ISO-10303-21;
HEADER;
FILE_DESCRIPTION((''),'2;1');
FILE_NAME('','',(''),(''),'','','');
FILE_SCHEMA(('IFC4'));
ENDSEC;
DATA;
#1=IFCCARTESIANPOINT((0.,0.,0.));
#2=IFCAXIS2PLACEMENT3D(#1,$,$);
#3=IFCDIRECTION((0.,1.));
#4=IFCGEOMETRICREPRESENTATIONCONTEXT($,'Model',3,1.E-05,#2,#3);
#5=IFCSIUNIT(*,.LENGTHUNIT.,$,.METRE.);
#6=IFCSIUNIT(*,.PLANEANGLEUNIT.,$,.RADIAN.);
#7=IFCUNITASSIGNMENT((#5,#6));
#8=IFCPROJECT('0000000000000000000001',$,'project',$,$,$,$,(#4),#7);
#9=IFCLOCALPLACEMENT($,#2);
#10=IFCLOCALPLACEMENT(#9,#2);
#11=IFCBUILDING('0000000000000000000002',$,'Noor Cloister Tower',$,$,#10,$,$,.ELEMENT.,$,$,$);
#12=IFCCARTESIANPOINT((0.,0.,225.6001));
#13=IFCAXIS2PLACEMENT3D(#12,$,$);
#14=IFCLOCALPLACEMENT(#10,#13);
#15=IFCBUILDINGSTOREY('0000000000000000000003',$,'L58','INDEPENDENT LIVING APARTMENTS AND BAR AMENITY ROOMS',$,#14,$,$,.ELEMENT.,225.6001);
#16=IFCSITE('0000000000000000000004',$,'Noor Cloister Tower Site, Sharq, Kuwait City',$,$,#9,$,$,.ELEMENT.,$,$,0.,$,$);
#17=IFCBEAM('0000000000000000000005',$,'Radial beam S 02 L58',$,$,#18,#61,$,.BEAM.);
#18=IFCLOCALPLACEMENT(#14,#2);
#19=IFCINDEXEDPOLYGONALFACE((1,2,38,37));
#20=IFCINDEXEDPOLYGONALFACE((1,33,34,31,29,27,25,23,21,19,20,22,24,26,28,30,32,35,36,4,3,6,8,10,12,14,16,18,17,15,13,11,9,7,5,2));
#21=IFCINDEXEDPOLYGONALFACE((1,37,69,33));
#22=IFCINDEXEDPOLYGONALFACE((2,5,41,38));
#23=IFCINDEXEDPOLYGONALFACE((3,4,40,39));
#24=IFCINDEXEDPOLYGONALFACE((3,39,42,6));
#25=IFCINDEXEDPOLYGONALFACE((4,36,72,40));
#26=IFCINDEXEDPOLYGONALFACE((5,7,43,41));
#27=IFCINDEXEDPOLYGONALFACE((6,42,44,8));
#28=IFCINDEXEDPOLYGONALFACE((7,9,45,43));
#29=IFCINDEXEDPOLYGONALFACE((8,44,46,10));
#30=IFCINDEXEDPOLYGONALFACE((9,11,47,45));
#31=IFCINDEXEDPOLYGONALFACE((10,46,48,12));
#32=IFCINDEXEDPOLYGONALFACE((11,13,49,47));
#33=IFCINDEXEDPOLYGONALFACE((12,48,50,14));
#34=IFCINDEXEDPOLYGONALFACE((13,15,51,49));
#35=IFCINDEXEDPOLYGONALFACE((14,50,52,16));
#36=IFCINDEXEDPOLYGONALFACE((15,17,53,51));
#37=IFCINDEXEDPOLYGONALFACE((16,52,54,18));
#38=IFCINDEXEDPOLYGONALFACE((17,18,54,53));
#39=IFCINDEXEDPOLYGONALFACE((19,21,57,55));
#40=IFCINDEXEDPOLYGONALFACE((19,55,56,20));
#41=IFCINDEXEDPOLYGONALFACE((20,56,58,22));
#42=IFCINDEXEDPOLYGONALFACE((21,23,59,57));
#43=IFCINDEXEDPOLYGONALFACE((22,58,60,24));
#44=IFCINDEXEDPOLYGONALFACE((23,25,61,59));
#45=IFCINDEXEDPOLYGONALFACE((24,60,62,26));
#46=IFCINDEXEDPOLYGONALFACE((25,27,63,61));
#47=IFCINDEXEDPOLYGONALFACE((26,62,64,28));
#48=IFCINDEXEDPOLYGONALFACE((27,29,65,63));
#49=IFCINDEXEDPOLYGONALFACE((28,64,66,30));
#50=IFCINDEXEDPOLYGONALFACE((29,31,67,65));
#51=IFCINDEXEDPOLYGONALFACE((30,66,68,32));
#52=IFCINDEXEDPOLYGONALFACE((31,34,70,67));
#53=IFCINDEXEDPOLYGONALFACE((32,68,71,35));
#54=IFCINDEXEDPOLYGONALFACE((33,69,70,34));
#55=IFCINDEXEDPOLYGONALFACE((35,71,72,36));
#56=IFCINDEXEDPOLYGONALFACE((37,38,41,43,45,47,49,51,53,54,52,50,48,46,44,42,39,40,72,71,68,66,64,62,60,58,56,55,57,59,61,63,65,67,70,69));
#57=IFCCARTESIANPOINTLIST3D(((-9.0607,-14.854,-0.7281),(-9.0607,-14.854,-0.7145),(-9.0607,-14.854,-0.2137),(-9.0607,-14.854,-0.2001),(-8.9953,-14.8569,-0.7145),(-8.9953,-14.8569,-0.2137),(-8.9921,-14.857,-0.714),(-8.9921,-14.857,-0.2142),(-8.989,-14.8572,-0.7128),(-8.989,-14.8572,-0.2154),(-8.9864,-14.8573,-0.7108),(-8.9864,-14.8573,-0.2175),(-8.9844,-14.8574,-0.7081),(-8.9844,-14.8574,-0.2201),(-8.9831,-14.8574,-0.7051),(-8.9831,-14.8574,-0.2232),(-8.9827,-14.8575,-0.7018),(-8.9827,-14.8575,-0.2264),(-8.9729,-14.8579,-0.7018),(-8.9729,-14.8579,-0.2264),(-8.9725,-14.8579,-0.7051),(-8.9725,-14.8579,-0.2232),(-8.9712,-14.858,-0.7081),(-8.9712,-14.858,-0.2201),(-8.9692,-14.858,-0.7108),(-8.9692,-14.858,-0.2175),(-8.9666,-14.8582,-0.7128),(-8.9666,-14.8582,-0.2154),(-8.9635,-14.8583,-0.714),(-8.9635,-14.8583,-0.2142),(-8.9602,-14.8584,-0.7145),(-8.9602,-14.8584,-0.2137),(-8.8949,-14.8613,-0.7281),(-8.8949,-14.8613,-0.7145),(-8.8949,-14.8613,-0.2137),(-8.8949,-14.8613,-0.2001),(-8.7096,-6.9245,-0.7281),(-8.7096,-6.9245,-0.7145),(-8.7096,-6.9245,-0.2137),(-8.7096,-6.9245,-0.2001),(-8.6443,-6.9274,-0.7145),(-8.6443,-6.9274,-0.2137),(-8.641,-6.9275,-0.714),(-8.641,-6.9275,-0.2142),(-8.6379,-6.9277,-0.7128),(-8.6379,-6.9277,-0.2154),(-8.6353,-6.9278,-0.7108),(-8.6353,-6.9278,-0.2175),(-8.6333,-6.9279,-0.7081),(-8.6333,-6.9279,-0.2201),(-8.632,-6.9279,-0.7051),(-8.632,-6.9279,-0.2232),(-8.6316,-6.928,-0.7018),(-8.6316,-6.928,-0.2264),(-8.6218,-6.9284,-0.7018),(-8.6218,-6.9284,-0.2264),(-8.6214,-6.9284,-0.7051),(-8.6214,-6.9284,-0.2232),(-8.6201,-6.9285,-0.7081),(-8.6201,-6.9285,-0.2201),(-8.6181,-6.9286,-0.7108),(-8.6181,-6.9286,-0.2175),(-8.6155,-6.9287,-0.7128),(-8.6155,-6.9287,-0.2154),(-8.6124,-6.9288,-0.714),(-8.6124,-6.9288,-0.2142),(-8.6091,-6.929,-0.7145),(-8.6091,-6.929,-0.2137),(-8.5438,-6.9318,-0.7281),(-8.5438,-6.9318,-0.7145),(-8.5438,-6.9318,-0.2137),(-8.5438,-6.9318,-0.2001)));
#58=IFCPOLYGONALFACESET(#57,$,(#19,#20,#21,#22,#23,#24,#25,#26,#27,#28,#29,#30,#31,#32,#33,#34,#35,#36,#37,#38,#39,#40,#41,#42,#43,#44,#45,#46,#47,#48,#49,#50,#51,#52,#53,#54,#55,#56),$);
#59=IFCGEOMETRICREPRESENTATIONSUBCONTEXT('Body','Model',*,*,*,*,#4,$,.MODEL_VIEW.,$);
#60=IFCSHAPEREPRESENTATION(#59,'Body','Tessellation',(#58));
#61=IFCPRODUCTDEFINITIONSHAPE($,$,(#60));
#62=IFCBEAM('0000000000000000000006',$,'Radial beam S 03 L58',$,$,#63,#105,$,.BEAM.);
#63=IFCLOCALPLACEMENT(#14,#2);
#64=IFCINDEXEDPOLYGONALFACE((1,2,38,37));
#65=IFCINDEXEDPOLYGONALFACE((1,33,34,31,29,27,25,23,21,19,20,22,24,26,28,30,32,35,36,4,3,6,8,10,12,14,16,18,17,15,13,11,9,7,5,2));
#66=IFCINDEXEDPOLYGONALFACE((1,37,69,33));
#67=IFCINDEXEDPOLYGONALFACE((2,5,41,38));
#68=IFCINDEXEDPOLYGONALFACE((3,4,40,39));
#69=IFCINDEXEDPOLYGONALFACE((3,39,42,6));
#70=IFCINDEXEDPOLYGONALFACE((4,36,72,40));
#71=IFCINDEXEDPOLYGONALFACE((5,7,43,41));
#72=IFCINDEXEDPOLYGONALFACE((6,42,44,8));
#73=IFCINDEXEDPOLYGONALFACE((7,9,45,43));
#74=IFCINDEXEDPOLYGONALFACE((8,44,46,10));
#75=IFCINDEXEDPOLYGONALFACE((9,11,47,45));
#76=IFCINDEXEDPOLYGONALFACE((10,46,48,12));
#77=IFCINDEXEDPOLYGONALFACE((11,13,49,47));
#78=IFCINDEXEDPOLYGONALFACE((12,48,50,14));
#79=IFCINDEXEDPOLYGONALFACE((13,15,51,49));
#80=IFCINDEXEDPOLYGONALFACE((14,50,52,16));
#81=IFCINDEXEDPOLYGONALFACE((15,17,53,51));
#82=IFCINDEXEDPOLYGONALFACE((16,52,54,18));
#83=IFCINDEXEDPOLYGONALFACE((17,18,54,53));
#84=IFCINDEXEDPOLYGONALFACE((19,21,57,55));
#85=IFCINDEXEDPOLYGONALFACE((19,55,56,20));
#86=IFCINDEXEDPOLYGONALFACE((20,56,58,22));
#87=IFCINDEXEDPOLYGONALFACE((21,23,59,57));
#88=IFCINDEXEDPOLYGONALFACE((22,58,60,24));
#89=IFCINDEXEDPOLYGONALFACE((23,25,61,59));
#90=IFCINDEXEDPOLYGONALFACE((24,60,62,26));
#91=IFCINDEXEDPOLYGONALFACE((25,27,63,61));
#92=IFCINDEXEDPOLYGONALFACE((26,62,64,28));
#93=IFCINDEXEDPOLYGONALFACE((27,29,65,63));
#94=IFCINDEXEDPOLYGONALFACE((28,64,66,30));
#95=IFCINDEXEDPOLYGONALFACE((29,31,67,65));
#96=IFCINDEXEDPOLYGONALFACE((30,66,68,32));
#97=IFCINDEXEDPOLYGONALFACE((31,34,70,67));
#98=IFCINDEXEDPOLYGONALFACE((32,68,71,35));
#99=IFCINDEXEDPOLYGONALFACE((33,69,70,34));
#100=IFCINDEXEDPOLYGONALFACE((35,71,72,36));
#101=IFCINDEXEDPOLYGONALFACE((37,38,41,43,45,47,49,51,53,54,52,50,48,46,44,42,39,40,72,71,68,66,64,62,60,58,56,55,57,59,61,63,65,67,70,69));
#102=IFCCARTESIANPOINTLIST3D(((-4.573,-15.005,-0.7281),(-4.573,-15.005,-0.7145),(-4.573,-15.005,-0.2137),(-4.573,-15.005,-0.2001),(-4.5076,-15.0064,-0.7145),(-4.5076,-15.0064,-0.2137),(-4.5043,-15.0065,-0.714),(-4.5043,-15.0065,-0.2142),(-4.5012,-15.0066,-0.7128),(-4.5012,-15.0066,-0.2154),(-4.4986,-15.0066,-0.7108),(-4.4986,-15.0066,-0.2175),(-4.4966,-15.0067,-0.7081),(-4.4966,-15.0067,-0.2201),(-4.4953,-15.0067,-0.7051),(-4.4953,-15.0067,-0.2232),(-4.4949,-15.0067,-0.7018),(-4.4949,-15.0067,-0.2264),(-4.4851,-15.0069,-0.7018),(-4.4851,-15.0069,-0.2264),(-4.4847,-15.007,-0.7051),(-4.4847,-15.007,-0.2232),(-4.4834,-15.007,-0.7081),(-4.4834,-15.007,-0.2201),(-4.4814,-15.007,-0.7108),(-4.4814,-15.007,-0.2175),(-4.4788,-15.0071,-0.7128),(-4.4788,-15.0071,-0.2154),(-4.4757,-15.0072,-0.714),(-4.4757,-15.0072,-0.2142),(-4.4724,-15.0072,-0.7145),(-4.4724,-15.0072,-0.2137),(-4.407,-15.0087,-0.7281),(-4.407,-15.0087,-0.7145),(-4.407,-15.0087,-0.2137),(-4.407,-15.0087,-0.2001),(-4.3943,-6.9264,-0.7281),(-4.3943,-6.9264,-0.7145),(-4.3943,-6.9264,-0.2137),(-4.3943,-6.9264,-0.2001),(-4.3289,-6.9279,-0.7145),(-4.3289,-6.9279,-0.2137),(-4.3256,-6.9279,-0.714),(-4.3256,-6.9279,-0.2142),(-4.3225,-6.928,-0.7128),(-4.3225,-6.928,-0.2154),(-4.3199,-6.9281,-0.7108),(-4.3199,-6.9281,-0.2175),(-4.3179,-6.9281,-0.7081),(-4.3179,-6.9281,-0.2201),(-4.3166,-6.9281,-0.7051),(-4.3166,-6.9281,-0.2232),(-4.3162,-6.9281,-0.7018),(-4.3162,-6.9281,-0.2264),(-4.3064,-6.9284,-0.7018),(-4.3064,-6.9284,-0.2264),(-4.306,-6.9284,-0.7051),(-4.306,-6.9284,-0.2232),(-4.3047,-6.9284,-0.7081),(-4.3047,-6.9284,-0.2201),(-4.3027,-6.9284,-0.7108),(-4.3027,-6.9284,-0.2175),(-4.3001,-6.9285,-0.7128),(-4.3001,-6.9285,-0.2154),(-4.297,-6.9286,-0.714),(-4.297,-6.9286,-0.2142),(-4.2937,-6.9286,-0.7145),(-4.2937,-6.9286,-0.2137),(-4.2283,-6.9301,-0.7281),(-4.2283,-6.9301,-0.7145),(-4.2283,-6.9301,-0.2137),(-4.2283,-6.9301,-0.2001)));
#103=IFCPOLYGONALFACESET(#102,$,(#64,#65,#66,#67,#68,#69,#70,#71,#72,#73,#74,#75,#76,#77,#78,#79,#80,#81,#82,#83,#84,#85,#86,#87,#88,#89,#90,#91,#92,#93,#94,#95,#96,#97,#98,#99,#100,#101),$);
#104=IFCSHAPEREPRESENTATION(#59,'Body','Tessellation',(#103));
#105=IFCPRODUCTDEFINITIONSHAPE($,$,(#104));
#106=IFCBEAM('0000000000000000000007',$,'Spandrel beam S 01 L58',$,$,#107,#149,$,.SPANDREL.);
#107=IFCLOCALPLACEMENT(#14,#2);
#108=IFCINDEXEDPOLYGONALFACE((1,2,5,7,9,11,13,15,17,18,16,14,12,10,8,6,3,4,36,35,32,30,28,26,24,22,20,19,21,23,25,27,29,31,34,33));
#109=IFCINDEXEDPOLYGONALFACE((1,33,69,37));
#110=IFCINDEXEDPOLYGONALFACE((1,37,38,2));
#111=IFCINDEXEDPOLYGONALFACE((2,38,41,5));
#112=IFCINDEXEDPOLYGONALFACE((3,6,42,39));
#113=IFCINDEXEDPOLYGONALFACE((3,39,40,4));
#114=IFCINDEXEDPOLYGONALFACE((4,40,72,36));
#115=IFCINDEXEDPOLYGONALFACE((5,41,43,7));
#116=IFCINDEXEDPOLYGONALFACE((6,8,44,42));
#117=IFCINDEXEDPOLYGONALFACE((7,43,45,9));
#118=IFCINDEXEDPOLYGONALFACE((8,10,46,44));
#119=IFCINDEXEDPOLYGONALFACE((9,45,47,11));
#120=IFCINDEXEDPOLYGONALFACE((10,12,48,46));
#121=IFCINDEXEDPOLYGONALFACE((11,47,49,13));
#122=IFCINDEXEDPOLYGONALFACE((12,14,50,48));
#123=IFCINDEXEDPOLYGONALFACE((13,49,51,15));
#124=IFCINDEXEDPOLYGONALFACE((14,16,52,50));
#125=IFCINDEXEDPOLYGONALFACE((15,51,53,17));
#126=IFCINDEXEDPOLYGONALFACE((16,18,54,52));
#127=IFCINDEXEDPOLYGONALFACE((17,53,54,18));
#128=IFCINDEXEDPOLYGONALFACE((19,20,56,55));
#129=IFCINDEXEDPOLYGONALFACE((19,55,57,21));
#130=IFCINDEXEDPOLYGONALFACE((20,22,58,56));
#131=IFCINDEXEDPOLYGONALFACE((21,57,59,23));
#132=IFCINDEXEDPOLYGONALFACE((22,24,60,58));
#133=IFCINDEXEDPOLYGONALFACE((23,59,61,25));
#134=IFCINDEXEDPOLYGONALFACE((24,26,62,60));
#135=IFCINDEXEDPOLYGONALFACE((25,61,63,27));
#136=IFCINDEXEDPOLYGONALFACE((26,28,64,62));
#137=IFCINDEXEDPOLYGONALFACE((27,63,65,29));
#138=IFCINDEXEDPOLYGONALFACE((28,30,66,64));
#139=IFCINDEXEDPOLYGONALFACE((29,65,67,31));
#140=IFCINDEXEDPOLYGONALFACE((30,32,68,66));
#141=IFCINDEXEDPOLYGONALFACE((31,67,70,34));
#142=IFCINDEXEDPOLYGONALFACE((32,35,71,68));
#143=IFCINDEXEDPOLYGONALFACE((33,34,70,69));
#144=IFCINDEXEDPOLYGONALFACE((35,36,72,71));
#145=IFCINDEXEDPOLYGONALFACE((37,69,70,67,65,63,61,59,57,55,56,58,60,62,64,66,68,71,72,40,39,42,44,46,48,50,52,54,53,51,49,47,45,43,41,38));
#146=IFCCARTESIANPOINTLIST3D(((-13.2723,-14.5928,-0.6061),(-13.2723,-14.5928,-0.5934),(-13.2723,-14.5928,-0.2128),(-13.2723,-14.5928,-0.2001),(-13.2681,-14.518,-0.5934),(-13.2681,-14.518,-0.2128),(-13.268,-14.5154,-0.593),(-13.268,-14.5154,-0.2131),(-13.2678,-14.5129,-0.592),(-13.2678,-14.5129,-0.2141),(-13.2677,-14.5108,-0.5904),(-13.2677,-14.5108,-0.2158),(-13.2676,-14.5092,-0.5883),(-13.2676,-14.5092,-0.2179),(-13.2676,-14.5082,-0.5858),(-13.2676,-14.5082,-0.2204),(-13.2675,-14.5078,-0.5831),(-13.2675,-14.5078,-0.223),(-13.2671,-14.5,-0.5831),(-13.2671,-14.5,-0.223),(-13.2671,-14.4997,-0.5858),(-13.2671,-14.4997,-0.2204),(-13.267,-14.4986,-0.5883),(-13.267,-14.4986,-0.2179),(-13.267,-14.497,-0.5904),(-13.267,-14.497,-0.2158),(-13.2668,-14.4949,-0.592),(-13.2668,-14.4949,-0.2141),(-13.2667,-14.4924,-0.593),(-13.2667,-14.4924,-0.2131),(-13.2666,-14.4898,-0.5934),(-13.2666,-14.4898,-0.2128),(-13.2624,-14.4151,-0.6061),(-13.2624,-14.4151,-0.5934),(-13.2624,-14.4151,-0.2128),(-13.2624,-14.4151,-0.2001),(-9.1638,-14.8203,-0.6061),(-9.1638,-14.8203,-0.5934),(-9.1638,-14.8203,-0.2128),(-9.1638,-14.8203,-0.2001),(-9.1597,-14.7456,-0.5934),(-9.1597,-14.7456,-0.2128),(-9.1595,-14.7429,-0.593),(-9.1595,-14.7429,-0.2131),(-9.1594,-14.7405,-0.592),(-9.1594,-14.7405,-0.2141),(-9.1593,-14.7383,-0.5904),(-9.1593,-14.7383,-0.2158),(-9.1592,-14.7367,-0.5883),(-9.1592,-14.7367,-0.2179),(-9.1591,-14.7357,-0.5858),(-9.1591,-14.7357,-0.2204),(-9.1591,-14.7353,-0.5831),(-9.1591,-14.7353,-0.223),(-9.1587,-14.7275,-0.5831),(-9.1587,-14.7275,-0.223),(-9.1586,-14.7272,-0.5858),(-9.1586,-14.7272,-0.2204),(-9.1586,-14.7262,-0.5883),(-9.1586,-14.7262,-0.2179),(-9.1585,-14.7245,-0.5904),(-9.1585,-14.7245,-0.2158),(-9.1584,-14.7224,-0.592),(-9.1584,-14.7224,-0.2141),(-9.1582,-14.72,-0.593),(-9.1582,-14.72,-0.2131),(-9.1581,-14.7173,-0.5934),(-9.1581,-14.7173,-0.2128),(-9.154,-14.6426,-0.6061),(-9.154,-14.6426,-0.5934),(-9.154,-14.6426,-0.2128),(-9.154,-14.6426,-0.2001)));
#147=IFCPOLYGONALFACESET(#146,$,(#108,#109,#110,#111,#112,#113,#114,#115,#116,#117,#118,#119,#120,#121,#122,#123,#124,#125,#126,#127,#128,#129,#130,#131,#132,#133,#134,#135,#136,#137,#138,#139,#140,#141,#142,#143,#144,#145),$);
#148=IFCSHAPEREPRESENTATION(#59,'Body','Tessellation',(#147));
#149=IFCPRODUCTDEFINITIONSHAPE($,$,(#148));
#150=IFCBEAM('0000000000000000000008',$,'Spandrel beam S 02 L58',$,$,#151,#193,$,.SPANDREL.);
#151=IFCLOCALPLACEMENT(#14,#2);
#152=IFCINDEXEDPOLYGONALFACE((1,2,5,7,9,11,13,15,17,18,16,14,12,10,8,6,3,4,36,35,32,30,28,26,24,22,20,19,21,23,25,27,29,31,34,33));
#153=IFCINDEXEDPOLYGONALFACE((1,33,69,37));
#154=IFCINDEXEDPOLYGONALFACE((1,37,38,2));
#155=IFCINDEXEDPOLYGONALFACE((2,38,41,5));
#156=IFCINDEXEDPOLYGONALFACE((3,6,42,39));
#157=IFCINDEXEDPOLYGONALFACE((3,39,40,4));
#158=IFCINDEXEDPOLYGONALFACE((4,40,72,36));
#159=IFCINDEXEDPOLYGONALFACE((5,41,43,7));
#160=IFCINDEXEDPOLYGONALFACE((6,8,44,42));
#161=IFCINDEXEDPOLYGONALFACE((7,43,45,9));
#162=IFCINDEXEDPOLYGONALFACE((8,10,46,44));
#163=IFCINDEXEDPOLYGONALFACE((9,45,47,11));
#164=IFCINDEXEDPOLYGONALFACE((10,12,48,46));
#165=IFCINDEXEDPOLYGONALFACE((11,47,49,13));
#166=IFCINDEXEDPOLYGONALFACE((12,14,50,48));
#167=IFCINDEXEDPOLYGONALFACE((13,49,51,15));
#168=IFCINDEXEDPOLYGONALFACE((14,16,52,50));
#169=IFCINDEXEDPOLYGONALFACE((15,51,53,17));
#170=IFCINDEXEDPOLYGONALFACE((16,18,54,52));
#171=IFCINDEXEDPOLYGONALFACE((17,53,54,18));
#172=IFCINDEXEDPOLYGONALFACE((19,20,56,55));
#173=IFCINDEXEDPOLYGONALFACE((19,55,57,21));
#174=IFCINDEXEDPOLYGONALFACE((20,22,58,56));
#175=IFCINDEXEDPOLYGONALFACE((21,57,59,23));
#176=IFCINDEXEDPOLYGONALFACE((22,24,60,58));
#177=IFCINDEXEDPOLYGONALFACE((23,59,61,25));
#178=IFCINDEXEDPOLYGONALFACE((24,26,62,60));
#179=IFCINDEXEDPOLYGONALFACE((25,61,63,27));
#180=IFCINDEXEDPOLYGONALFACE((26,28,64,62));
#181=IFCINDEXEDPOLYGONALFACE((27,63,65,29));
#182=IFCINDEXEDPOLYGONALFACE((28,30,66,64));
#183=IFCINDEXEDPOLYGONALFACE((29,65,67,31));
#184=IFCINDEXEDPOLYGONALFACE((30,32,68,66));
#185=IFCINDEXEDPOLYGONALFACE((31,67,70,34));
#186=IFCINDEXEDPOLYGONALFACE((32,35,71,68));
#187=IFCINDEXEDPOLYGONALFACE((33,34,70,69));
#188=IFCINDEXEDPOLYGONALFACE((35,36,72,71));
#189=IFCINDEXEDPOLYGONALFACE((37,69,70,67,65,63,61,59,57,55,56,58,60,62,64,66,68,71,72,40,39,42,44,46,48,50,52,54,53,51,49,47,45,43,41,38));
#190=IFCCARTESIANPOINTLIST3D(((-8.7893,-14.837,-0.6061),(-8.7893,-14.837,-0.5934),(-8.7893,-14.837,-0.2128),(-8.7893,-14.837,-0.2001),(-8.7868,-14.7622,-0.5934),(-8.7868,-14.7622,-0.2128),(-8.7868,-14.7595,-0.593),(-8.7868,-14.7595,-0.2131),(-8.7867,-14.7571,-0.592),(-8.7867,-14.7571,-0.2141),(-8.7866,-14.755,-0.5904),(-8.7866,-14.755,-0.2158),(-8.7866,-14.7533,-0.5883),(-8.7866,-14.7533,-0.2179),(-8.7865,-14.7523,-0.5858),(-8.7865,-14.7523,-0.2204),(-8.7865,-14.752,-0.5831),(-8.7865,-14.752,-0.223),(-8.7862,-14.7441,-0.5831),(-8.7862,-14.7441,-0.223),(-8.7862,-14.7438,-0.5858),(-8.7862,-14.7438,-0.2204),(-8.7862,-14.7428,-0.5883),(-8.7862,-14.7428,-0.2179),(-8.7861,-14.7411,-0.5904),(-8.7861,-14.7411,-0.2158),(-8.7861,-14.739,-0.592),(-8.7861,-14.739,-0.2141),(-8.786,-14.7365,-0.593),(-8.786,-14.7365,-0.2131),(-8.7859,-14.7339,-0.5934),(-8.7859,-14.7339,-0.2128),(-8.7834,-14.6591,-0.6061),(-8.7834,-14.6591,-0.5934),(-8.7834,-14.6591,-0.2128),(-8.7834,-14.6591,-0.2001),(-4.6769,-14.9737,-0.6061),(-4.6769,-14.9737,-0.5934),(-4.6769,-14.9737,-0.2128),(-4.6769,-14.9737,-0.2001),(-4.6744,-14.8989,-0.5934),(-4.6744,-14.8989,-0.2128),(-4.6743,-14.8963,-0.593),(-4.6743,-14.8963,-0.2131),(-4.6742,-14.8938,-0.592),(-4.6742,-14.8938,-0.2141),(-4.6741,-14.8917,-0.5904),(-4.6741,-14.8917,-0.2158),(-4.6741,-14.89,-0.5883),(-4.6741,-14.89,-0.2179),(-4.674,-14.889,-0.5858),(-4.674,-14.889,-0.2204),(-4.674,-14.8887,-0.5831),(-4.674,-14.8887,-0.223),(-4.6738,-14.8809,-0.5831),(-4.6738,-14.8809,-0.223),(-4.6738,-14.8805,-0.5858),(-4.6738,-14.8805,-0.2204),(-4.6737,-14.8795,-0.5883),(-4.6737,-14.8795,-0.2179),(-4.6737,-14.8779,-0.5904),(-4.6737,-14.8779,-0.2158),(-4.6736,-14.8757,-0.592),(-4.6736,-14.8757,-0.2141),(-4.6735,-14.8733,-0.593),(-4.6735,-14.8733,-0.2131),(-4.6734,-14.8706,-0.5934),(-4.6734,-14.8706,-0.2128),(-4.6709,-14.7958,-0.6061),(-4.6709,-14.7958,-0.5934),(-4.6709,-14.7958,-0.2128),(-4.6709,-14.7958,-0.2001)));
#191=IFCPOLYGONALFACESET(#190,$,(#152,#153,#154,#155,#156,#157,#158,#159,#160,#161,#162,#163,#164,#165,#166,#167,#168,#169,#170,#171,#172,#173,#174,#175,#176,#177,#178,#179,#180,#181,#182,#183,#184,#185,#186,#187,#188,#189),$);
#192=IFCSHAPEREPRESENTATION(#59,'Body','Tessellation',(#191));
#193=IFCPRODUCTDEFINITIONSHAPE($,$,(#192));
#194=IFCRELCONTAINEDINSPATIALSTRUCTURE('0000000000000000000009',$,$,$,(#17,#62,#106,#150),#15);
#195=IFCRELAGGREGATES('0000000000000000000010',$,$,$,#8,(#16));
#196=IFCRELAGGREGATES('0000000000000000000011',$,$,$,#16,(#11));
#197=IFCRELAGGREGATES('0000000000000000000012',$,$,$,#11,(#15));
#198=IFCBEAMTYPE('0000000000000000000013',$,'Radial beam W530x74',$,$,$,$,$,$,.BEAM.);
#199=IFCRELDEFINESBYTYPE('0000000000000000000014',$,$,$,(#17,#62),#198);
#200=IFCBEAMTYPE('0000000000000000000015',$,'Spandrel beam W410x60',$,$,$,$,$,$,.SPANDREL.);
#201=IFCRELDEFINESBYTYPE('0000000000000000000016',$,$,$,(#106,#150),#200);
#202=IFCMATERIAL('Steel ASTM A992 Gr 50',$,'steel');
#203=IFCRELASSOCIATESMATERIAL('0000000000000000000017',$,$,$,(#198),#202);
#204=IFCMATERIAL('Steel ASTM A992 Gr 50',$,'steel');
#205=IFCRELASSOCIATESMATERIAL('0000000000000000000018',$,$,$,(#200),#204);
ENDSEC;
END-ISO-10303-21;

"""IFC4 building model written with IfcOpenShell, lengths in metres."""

from ifc_helpers import new_model, si_unit, direction, frame, origin, origin_2d, place, context, subcontext, project, spatial, i_section, extrude, material, material_profile, profile_set, type_object, element, save


model = new_model("IFC4")

# Units and contexts
model_context = context("Model", 3, precision=1e-05, world=origin(), true_north=direction((0.0, 1.0)))
body_context = subcontext(model_context, "Body", "Model", "MODEL_VIEW")
ifc_project = project(units=[si_unit("LENGTHUNIT", "METRE"), si_unit("PLANEANGLEUNIT", "RADIAN")], contexts=[model_context])

# Site, building, storey
site_placement = place(None, origin())
site = spatial("IfcSite", under=ifc_project, at=site_placement, Name="Noor Cloister Tower Site, Sharq, Kuwait City", CompositionType="ELEMENT", RefElevation=0.0)
building_placement = place(site_placement, origin())
building = spatial("IfcBuilding", under=site, at=building_placement, Name="Noor Cloister Tower", CompositionType="ELEMENT")
storey_placement = place(building_placement, frame((0.0, 0.0, 225.6001)))
storey = spatial("IfcBuildingStorey", under=building, at=storey_placement, Name="L58", Description="INDEPENDENT LIVING APARTMENTS AND BAR AMENITY ROOMS", CompositionType="ELEMENT", Elevation=225.6001)

# Beams
ifc_material_1 = material(Name="Steel ASTM A992 Gr 50", Category="steel")
ifc_material_profile_1 = material_profile(ifc_material_1, i_section(OverallWidth=0.166, OverallDepth=0.5281, WebThickness=0.0098, FlangeThickness=0.0137, FilletRadius=0.0127, at=origin_2d()), Name="W530x74")
ifc_profile_set_1 = profile_set([ifc_material_profile_1], Name="Steel ASTM A992 Gr 50")
beam_type_1 = type_object("IfcBeamType", Name="Radial beam W530x74", PredefinedType="BEAM", material=ifc_profile_set_1)
beam_1_placement = place(storey_placement, frame((-8.9778, -14.8577, -0.4641), z_axis=(0.044231, 0.999021, 0.0), x_axis=(-0.999021, 0.044231, 0.0)))
element("IfcBeam", 1, at=beam_1_placement, inside=storey, type_object=beam_type_1, Name="Radial beam S 02 L58", PredefinedType="BEAM", context=body_context, shape_type="SweptSolid", body=[
    extrude(i_section(OverallWidth=0.166, OverallDepth=0.5281, WebThickness=0.0098, FlangeThickness=0.0137, FilletRadius=0.0127, at=origin_2d()), origin(), (0.0, 0.0, 1.0), 7.9373),
])
beam_2_placement = place(storey_placement, frame((-4.49, -15.0068, -0.4641), z_axis=(0.022116, 0.999755, 0.0), x_axis=(-0.999755, 0.022116, 0.0)))
element("IfcBeam", 2, at=beam_2_placement, inside=storey, type_object=beam_type_1, Name="Radial beam S 03 L58", PredefinedType="BEAM", context=body_context, shape_type="SweptSolid", body=[
    extrude(i_section(OverallWidth=0.166, OverallDepth=0.5281, WebThickness=0.0098, FlangeThickness=0.0137, FilletRadius=0.0127, at=origin_2d()), origin(), (0.0, 0.0, 1.0), 8.0806),
])
ifc_material_2 = material(Name="Steel ASTM A992 Gr 50", Category="steel")
ifc_material_profile_2 = material_profile(ifc_material_2, i_section(OverallWidth=0.178, OverallDepth=0.406, WebThickness=0.0078, FlangeThickness=0.0127, FilletRadius=0.0103, at=origin_2d()), Name="W410x60")
ifc_profile_set_2 = profile_set([ifc_material_profile_2], Name="Steel ASTM A992 Gr 50")
beam_type_2 = type_object("IfcBeamType", Name="Spandrel beam W410x60", PredefinedType="SPANDREL", material=ifc_profile_set_2)
for number, where, z_axis, x_axis, name in (
    (3, (-13.2673, -14.5039, -0.4031), (0.99847, -0.055299, 0.0), (0.055299, 0.99847, 0.0), "Spandrel beam S 01 L58"),
    (4, (-8.7864, -14.748, -0.4031), (0.999448, -0.033226, 0.0), (0.033226, 0.999448, 0.0), "Spandrel beam S 02 L58"),
):
    element("IfcBeam", number, at=place(storey_placement, frame(where, z_axis=z_axis, x_axis=x_axis)), inside=storey, type_object=beam_type_2, Name=name, PredefinedType="SPANDREL", context=body_context, shape_type="SweptSolid", body=[
        extrude(i_section(OverallWidth=0.178, OverallDepth=0.406, WebThickness=0.0078, FlangeThickness=0.0127, FilletRadius=0.0103, at=origin_2d()), origin(), (0.0, 0.0, 1.0), 4.1147),
    ])

save(model, "model.ifc")
